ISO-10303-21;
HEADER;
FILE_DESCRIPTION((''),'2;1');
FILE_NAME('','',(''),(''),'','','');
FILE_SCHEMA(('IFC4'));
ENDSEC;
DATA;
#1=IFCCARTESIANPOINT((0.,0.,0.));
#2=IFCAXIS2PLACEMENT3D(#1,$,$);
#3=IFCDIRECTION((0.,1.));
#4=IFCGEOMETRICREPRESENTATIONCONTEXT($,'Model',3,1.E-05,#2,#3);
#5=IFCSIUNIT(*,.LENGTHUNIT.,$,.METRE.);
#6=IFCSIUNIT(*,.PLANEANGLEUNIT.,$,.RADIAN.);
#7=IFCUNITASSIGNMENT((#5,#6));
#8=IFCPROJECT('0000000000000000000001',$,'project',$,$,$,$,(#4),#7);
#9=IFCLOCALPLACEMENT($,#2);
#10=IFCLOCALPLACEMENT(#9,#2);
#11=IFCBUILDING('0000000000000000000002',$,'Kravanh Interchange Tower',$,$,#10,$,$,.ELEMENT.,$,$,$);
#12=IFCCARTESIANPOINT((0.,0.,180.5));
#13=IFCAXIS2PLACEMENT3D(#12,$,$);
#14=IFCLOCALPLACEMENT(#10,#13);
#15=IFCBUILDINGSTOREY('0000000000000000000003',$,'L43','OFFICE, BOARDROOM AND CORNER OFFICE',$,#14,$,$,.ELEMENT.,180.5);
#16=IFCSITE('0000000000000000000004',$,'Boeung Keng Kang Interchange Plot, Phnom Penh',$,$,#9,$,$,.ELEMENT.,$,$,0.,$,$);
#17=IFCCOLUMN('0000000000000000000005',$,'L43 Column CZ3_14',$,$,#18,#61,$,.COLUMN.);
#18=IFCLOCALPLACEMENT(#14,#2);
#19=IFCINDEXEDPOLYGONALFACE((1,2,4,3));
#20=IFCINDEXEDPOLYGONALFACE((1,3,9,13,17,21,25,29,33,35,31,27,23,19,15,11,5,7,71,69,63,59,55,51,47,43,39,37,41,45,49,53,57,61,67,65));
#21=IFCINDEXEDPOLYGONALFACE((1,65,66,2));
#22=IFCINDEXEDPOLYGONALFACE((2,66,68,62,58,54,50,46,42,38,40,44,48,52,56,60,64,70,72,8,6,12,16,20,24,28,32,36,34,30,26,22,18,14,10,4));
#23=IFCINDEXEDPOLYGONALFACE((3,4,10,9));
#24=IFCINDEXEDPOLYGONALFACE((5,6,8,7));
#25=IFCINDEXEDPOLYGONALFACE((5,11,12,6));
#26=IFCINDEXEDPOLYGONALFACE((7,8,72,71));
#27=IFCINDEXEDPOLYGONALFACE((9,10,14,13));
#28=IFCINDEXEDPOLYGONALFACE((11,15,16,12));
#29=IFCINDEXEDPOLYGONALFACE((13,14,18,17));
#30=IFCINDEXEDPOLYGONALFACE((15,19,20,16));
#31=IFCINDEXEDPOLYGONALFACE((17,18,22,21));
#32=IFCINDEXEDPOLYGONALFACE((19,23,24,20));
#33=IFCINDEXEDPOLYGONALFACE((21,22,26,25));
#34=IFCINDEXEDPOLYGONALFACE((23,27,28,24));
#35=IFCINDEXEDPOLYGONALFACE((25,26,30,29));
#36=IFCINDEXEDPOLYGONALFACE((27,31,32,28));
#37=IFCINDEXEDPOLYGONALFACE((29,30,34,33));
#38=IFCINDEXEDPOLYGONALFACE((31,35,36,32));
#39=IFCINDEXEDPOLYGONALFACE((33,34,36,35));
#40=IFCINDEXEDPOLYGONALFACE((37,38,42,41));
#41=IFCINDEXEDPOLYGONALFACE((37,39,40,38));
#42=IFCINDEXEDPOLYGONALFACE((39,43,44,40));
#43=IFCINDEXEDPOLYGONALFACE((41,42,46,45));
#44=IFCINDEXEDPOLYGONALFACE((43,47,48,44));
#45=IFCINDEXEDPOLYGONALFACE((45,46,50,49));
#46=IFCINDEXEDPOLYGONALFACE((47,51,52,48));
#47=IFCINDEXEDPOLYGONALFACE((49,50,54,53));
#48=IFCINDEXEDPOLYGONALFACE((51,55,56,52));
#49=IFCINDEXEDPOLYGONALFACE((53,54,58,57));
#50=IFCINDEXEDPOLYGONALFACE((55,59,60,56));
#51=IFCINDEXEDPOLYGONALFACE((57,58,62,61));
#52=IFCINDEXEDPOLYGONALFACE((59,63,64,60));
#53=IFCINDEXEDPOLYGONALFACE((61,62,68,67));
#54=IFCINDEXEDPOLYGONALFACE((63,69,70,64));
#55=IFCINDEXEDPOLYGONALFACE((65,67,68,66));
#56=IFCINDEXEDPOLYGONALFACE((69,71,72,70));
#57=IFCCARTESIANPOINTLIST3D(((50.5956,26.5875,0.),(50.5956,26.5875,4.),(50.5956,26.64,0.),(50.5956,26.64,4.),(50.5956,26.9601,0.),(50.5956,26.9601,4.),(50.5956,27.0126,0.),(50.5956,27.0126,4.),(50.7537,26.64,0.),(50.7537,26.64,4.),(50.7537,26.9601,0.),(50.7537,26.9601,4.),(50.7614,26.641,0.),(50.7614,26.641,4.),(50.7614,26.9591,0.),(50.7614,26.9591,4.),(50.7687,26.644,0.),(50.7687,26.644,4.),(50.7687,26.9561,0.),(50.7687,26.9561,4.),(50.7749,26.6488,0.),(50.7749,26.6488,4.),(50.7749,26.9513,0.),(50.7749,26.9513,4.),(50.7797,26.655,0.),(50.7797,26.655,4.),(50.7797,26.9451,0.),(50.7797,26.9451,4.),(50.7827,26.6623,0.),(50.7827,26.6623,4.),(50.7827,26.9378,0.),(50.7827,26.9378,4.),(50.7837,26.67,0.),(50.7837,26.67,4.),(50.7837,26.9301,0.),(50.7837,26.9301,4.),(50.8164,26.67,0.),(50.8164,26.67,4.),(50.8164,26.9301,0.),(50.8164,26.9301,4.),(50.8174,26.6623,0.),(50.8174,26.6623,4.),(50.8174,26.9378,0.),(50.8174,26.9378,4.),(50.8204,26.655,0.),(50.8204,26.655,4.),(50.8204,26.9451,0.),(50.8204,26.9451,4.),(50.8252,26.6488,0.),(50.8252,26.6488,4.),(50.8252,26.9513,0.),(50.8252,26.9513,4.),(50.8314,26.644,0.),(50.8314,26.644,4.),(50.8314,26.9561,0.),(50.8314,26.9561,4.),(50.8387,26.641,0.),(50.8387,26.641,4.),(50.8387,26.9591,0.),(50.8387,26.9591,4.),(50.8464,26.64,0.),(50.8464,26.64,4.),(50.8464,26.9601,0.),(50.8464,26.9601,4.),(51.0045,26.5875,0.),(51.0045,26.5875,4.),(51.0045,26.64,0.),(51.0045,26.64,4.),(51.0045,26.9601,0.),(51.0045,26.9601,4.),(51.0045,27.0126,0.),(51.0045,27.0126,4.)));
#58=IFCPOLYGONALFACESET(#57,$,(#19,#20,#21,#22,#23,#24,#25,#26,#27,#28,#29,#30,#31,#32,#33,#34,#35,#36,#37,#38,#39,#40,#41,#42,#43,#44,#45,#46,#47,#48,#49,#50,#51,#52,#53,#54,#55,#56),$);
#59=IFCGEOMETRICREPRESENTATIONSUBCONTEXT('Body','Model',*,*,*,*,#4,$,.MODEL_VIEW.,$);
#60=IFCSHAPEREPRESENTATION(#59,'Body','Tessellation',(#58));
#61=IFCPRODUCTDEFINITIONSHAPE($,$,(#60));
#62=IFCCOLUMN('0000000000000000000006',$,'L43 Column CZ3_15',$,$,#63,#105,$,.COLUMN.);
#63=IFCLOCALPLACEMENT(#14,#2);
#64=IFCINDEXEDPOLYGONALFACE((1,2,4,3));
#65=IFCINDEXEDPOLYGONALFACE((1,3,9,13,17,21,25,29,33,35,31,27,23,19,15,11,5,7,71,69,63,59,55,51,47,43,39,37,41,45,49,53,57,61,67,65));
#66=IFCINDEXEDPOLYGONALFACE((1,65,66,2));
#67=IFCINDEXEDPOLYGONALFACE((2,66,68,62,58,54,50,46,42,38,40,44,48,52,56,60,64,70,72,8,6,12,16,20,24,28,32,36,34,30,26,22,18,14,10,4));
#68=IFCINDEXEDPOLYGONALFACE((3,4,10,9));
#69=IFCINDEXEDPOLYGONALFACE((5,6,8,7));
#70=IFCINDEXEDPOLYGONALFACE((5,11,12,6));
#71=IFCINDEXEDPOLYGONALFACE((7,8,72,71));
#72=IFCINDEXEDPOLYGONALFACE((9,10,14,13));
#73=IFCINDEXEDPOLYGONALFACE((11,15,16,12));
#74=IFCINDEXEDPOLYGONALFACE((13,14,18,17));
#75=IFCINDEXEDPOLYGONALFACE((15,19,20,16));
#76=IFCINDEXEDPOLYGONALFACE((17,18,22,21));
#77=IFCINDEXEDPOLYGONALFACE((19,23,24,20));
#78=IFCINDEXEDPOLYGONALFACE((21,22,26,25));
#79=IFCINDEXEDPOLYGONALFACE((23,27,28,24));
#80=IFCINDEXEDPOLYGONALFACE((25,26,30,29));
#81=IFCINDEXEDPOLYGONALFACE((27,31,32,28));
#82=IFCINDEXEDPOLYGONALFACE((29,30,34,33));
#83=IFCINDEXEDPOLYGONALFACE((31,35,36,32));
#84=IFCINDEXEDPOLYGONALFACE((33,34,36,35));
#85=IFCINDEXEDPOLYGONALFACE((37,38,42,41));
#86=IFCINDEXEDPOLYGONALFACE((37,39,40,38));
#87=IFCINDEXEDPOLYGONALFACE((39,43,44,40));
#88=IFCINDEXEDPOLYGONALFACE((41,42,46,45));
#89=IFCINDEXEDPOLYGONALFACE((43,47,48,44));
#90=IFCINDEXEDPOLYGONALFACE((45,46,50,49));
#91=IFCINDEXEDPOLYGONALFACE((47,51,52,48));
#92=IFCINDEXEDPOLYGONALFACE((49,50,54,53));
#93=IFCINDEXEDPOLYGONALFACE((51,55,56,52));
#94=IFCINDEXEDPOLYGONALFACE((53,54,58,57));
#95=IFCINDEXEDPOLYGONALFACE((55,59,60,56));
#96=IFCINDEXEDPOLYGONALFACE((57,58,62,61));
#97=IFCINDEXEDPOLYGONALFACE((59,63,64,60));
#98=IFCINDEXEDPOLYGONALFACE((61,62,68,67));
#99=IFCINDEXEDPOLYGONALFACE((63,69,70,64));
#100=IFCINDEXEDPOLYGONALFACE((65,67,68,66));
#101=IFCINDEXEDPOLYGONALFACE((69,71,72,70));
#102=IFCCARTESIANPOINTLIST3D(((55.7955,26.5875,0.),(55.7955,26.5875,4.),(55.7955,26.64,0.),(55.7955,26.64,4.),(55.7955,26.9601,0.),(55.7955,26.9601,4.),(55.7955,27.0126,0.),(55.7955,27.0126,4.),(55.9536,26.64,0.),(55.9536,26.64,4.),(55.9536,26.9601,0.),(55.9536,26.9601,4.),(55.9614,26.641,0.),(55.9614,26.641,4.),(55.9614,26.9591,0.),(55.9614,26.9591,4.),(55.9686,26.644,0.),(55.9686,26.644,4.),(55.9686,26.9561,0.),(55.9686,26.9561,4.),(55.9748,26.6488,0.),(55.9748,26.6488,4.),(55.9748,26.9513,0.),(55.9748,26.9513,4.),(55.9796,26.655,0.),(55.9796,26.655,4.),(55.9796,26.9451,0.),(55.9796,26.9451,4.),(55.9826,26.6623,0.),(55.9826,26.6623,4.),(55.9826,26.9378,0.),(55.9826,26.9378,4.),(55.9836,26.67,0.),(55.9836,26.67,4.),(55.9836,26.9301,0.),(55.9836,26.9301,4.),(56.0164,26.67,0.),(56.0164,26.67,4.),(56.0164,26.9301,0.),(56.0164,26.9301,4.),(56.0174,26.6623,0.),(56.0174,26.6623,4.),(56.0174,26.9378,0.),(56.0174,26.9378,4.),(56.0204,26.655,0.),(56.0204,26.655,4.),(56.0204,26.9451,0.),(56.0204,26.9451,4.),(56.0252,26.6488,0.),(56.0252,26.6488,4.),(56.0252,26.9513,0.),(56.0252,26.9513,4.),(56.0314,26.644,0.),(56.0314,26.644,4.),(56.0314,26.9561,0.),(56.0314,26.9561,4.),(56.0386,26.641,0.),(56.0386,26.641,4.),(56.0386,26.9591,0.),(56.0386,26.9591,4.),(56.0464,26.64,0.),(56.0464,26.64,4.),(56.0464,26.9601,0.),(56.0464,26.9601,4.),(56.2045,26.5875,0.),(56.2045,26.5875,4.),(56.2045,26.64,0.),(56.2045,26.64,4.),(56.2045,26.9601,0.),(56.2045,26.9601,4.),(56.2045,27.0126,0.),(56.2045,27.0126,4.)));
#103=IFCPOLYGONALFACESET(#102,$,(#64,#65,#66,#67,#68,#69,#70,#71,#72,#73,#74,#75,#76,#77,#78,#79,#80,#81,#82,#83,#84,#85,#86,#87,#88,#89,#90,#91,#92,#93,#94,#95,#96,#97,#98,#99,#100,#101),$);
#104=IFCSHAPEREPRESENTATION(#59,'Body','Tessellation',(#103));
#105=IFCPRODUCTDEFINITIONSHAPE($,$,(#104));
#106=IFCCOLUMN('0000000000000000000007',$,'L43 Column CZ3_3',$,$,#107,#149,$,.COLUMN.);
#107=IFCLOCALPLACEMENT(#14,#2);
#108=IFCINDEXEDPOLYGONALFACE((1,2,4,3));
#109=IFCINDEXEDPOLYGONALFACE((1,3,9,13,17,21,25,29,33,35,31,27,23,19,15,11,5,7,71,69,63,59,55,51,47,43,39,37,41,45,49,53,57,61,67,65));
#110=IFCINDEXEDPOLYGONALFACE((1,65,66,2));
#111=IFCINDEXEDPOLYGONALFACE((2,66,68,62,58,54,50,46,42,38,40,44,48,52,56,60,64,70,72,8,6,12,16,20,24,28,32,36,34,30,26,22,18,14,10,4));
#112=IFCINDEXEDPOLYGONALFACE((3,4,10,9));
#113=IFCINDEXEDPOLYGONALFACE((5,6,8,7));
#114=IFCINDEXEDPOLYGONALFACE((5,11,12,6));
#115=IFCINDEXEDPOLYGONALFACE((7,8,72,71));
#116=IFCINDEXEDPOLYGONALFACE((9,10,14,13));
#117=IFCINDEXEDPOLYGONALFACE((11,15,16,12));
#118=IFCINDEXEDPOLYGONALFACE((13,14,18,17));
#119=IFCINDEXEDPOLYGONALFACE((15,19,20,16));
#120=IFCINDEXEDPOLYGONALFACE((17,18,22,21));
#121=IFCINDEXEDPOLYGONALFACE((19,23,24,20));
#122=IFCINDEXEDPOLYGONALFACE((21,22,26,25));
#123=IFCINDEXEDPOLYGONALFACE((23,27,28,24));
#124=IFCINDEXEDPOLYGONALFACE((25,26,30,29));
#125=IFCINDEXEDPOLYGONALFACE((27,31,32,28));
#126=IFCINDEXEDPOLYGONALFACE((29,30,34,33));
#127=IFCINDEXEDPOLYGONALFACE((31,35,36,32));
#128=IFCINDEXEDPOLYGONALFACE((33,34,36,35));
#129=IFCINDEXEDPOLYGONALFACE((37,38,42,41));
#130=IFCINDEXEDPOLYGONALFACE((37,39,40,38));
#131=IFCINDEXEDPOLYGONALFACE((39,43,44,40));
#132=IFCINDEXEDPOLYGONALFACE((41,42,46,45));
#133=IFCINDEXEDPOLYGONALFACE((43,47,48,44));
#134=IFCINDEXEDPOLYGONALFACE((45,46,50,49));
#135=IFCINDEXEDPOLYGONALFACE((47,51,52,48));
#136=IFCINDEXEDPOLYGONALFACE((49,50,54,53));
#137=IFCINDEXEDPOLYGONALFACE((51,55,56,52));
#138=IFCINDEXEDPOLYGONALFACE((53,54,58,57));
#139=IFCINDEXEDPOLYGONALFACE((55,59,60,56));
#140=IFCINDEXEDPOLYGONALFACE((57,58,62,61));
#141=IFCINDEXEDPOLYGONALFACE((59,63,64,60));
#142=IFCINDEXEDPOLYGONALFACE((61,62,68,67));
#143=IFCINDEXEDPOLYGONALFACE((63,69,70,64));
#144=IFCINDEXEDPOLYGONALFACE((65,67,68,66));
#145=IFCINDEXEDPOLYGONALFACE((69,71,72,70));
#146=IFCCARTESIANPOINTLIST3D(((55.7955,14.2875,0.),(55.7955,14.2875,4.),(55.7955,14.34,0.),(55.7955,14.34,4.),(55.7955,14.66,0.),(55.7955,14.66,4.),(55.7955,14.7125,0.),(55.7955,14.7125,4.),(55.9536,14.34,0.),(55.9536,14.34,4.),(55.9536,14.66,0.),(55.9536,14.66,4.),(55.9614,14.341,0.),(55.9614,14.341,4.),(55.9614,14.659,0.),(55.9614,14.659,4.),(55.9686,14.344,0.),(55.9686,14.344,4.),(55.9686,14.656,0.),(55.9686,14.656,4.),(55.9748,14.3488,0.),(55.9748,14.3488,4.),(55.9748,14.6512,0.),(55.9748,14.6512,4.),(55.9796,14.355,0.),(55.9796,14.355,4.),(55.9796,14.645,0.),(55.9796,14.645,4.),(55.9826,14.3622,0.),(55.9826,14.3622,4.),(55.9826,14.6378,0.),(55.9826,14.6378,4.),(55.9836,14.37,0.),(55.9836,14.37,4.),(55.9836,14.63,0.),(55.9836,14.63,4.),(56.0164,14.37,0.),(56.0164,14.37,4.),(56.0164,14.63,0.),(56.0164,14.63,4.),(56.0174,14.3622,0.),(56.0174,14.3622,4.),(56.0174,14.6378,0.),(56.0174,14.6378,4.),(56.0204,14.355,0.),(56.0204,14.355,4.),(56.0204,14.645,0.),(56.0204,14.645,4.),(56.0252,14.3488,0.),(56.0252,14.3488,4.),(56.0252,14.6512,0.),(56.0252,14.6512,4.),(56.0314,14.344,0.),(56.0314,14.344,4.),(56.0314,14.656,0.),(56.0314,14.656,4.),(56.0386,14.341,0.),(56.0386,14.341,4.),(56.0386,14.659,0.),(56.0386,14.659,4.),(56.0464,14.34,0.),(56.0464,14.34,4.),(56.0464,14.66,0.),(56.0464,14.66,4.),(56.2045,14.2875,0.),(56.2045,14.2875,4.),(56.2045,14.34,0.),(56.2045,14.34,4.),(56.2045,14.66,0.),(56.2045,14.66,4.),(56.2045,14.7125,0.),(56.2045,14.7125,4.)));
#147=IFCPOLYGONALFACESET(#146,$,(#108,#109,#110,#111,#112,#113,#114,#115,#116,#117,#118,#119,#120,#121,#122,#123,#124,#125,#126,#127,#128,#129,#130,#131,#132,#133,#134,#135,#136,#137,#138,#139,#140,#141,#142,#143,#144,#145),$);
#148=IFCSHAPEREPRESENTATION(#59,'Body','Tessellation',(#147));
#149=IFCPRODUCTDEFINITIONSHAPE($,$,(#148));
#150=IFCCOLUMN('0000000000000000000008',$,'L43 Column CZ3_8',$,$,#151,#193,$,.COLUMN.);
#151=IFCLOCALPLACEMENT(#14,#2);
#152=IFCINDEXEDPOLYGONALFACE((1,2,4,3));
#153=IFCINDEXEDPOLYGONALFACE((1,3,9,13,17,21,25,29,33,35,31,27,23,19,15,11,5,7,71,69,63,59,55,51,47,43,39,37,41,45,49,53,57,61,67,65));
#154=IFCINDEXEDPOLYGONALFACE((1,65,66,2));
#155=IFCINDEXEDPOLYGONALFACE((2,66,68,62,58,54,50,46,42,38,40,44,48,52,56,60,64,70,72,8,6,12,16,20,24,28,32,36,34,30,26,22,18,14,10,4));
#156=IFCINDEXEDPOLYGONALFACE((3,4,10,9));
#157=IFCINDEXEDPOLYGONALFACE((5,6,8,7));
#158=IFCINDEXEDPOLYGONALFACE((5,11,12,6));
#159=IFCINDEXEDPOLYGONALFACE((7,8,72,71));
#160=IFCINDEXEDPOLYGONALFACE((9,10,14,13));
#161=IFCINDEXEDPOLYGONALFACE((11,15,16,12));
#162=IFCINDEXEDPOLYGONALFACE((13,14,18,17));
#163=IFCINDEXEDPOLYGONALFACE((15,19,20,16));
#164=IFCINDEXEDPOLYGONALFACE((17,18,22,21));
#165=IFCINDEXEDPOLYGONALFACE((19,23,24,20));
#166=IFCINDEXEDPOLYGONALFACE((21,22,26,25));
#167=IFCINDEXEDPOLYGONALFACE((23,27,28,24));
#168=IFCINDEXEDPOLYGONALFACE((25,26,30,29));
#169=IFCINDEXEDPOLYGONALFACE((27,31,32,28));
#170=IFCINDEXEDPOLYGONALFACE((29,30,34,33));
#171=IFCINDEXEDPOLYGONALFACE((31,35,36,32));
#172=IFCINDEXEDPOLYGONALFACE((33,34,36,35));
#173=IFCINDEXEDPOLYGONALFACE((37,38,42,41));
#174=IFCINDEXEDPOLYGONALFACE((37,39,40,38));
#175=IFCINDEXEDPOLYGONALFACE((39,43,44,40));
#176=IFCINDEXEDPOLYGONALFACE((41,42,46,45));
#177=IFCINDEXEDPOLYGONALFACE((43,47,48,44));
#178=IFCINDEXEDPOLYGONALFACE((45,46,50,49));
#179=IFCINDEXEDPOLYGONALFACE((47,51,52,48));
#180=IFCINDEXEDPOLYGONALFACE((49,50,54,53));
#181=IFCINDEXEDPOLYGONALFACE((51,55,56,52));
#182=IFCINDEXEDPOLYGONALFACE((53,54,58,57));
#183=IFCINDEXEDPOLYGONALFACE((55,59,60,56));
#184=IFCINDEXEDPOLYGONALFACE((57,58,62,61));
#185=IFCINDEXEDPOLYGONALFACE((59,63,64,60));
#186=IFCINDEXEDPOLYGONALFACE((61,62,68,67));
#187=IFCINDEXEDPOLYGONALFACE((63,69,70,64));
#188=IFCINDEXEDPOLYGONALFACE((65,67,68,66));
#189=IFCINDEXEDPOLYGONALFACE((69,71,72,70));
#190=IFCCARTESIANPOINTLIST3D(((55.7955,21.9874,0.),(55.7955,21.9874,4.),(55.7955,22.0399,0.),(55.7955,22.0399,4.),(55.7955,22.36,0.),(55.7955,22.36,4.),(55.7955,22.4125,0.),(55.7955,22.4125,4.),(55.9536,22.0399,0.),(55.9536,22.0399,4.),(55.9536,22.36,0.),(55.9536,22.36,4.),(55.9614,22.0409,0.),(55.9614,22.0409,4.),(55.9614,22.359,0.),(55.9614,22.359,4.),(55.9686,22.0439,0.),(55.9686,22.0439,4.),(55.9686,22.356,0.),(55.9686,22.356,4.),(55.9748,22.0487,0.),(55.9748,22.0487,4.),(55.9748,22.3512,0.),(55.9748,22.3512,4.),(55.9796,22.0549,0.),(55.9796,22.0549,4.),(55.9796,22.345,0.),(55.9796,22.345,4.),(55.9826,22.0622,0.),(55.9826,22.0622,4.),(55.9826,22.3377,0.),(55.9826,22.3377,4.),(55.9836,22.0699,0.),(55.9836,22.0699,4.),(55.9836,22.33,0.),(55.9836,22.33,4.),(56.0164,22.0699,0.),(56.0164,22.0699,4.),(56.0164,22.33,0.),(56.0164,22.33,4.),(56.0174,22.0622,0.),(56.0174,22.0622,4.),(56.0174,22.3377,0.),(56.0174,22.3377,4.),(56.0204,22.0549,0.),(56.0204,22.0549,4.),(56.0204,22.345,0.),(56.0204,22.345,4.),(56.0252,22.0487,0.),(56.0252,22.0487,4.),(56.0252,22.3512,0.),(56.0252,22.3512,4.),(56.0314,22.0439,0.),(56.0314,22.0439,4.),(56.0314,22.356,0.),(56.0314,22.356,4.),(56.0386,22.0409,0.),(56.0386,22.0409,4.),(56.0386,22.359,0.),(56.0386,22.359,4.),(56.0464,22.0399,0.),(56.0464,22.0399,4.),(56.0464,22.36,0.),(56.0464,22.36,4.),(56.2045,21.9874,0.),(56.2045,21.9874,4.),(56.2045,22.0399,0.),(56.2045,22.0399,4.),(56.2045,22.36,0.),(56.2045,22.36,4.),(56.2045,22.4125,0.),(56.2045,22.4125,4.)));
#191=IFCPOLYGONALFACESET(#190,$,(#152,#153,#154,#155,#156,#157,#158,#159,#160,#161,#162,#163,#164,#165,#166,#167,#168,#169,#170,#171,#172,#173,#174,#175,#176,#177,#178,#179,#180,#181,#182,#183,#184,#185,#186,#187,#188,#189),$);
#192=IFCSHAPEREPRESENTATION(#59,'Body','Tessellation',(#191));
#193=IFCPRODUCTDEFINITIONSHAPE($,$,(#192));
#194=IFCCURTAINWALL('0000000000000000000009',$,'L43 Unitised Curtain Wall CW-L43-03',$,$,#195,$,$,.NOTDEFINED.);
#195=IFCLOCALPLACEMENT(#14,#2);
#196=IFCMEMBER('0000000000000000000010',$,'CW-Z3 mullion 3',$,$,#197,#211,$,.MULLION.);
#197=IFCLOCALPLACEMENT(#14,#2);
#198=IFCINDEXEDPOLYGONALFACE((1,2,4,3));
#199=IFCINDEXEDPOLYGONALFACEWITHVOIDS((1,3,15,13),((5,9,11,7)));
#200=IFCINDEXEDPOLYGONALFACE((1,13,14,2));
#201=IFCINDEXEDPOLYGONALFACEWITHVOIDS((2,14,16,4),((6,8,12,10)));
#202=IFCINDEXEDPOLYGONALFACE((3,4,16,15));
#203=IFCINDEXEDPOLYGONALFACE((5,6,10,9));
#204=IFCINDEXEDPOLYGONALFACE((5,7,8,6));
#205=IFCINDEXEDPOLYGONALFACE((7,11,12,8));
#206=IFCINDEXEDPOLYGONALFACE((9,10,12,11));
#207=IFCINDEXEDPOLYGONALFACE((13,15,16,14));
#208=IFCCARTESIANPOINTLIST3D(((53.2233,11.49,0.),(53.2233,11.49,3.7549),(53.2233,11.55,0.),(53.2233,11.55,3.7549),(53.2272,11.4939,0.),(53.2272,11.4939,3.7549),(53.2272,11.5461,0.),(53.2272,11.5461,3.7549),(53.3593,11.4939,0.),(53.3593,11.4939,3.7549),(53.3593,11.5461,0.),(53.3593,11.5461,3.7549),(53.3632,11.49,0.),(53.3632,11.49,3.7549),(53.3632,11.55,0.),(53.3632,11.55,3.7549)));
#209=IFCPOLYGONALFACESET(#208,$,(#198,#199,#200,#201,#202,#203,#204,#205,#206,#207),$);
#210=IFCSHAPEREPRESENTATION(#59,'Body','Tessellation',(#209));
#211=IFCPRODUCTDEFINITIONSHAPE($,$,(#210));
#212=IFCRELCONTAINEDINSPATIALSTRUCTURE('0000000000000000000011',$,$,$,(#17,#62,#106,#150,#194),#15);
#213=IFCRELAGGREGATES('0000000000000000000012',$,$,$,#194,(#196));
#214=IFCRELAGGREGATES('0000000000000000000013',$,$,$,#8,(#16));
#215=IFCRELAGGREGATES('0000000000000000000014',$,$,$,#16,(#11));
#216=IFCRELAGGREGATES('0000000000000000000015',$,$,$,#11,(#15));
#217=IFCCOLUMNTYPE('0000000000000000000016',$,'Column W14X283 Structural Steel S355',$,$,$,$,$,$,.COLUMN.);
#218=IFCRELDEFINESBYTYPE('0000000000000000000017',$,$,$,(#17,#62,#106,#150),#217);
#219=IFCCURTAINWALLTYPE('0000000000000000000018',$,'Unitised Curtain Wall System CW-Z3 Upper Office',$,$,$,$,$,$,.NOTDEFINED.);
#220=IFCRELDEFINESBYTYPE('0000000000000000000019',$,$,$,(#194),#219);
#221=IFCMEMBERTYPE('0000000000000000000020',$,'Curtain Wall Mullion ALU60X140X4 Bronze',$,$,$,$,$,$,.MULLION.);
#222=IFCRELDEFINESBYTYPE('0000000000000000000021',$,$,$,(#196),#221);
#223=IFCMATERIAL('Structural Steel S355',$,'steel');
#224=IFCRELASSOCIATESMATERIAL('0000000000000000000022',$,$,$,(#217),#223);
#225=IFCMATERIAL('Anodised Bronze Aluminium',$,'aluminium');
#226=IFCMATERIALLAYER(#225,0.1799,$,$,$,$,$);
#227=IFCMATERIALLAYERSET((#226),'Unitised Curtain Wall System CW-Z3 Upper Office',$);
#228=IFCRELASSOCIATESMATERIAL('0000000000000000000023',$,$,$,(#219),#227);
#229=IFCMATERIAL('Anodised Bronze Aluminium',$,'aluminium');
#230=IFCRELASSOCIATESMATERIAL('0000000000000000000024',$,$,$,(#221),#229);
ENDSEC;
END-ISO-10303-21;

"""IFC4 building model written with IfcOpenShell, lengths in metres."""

from ifc_helpers import new_model, si_unit, direction, frame, origin, origin_2d, place, context, subcontext, project, spatial, hollow_rectangle, i_section, extrude, material, layer, layer_set, material_profile, profile_set, type_object, element, aggregate, save


model = new_model("IFC4")

# Units and contexts
model_context = context("Model", 3, precision=1e-05, world=origin(), true_north=direction((0.0, 1.0)))
body_context = subcontext(model_context, "Body", "Model", "MODEL_VIEW")
ifc_project = project(units=[si_unit("LENGTHUNIT", "METRE"), si_unit("PLANEANGLEUNIT", "RADIAN")], contexts=[model_context])

# Site, building, storey
site_placement = place(None, origin())
site = spatial("IfcSite", under=ifc_project, at=site_placement, Name="Boeung Keng Kang Interchange Plot, Phnom Penh", CompositionType="ELEMENT", RefElevation=0.0)
building_placement = place(site_placement, origin())
building = spatial("IfcBuilding", under=site, at=building_placement, Name="Kravanh Interchange Tower", CompositionType="ELEMENT")
storey_placement = place(building_placement, frame((0.0, 0.0, 180.5)))
storey = spatial("IfcBuildingStorey", under=building, at=storey_placement, Name="L43", Description="OFFICE, BOARDROOM AND CORNER OFFICE", CompositionType="ELEMENT", Elevation=180.5)

# Columns
ifc_material_1 = material(Name="Structural Steel S355", Category="steel")
ifc_material_profile_1 = material_profile(ifc_material_1, i_section(OverallWidth=0.4089, OverallDepth=0.425, WebThickness=0.0327, FlangeThickness=0.0525, FilletRadius=0.03, at=origin_2d()), Name="W14X283")
ifc_profile_set_1 = profile_set([ifc_material_profile_1], Name="Structural Steel S355")
column_type = type_object("IfcColumnType", Name="Column W14X283 Structural Steel S355", PredefinedType="COLUMN", material=ifc_profile_set_1)
for number, where, z_axis, x_axis, name in (
    (1, (50.8, 26.8, 0.0), (0.0, 0.0, 1.0), (1.0, 0.0, 0.0), "L43 Column CZ3_14"),
    (2, (56.0, 26.8, 0.0), (0.0, 0.0, 1.0), (1.0, 0.0, 0.0), "L43 Column CZ3_15"),
    (3, (56.0, 14.5, 0.0), (0.0, 0.0, 1.0), (1.0, 0.0, 0.0), "L43 Column CZ3_3"),
    (4, (56.0, 22.2, 0.0), (0.0, 0.0, 1.0), (1.0, 0.0, 0.0), "L43 Column CZ3_8"),
):
    element("IfcColumn", number, at=place(storey_placement, frame(where, z_axis=z_axis, x_axis=x_axis)), inside=storey, type_object=column_type, Name=name, PredefinedType="COLUMN", context=body_context, shape_type="SweptSolid", body=[
        extrude(i_section(OverallWidth=0.4089, OverallDepth=0.425, WebThickness=0.0327, FlangeThickness=0.0525, FilletRadius=0.03, at=origin_2d()), origin(), (0.0, 0.0, 1.0), 4.0),
    ])

# Curtain wall, member
ifc_material_2 = material(Name="Anodised Bronze Aluminium", Category="aluminium")
ifc_layer_1 = layer(ifc_material_2, 0.1799)
ifc_layer_set_1 = layer_set([ifc_layer_1], Name="Unitised Curtain Wall System CW-Z3 Upper Office")
curtain_wall_type = type_object("IfcCurtainWallType", Name="Unitised Curtain Wall System CW-Z3 Upper Office", PredefinedType="NOTDEFINED", material=ifc_layer_set_1)
curtain_wall_1_placement = place(storey_placement, origin())
curtain_wall_1 = element("IfcCurtainWall", 5, at=curtain_wall_1_placement, inside=storey, type_object=curtain_wall_type, Name="L43 Unitised Curtain Wall CW-L43-03", PredefinedType="NOTDEFINED")
ifc_material_3 = material(Name="Anodised Bronze Aluminium", Category="aluminium")
ifc_material_profile_2 = material_profile(ifc_material_3, hollow_rectangle(XDim=0.0601, YDim=0.1399, WallThickness=0.0039, at=origin_2d()), Name="ALU60X140X4")
ifc_profile_set_2 = profile_set([ifc_material_profile_2], Name="Anodised Bronze Aluminium")
member_type_1 = type_object("IfcMemberType", Name="Curtain Wall Mullion ALU60X140X4 Bronze", PredefinedType="MULLION", material=ifc_profile_set_2)
member_1_placement = place(storey_placement, frame((53.2932, 11.52, 0.0), z_axis=(0.0, 0.0, 1.0), x_axis=(0.0, -1.0, 0.0)))
member_1 = element("IfcMember", 6, at=member_1_placement, type_object=member_type_1, Name="CW-Z3 mullion 3", PredefinedType="MULLION", context=body_context, shape_type="SweptSolid", body=[
    extrude(hollow_rectangle(XDim=0.0601, YDim=0.1399, WallThickness=0.0039, at=origin_2d()), origin(), (0.0, 0.0, 1.0), 3.7549),
])

aggregate(curtain_wall_1, [member_1])

save(model, "model.ifc")
